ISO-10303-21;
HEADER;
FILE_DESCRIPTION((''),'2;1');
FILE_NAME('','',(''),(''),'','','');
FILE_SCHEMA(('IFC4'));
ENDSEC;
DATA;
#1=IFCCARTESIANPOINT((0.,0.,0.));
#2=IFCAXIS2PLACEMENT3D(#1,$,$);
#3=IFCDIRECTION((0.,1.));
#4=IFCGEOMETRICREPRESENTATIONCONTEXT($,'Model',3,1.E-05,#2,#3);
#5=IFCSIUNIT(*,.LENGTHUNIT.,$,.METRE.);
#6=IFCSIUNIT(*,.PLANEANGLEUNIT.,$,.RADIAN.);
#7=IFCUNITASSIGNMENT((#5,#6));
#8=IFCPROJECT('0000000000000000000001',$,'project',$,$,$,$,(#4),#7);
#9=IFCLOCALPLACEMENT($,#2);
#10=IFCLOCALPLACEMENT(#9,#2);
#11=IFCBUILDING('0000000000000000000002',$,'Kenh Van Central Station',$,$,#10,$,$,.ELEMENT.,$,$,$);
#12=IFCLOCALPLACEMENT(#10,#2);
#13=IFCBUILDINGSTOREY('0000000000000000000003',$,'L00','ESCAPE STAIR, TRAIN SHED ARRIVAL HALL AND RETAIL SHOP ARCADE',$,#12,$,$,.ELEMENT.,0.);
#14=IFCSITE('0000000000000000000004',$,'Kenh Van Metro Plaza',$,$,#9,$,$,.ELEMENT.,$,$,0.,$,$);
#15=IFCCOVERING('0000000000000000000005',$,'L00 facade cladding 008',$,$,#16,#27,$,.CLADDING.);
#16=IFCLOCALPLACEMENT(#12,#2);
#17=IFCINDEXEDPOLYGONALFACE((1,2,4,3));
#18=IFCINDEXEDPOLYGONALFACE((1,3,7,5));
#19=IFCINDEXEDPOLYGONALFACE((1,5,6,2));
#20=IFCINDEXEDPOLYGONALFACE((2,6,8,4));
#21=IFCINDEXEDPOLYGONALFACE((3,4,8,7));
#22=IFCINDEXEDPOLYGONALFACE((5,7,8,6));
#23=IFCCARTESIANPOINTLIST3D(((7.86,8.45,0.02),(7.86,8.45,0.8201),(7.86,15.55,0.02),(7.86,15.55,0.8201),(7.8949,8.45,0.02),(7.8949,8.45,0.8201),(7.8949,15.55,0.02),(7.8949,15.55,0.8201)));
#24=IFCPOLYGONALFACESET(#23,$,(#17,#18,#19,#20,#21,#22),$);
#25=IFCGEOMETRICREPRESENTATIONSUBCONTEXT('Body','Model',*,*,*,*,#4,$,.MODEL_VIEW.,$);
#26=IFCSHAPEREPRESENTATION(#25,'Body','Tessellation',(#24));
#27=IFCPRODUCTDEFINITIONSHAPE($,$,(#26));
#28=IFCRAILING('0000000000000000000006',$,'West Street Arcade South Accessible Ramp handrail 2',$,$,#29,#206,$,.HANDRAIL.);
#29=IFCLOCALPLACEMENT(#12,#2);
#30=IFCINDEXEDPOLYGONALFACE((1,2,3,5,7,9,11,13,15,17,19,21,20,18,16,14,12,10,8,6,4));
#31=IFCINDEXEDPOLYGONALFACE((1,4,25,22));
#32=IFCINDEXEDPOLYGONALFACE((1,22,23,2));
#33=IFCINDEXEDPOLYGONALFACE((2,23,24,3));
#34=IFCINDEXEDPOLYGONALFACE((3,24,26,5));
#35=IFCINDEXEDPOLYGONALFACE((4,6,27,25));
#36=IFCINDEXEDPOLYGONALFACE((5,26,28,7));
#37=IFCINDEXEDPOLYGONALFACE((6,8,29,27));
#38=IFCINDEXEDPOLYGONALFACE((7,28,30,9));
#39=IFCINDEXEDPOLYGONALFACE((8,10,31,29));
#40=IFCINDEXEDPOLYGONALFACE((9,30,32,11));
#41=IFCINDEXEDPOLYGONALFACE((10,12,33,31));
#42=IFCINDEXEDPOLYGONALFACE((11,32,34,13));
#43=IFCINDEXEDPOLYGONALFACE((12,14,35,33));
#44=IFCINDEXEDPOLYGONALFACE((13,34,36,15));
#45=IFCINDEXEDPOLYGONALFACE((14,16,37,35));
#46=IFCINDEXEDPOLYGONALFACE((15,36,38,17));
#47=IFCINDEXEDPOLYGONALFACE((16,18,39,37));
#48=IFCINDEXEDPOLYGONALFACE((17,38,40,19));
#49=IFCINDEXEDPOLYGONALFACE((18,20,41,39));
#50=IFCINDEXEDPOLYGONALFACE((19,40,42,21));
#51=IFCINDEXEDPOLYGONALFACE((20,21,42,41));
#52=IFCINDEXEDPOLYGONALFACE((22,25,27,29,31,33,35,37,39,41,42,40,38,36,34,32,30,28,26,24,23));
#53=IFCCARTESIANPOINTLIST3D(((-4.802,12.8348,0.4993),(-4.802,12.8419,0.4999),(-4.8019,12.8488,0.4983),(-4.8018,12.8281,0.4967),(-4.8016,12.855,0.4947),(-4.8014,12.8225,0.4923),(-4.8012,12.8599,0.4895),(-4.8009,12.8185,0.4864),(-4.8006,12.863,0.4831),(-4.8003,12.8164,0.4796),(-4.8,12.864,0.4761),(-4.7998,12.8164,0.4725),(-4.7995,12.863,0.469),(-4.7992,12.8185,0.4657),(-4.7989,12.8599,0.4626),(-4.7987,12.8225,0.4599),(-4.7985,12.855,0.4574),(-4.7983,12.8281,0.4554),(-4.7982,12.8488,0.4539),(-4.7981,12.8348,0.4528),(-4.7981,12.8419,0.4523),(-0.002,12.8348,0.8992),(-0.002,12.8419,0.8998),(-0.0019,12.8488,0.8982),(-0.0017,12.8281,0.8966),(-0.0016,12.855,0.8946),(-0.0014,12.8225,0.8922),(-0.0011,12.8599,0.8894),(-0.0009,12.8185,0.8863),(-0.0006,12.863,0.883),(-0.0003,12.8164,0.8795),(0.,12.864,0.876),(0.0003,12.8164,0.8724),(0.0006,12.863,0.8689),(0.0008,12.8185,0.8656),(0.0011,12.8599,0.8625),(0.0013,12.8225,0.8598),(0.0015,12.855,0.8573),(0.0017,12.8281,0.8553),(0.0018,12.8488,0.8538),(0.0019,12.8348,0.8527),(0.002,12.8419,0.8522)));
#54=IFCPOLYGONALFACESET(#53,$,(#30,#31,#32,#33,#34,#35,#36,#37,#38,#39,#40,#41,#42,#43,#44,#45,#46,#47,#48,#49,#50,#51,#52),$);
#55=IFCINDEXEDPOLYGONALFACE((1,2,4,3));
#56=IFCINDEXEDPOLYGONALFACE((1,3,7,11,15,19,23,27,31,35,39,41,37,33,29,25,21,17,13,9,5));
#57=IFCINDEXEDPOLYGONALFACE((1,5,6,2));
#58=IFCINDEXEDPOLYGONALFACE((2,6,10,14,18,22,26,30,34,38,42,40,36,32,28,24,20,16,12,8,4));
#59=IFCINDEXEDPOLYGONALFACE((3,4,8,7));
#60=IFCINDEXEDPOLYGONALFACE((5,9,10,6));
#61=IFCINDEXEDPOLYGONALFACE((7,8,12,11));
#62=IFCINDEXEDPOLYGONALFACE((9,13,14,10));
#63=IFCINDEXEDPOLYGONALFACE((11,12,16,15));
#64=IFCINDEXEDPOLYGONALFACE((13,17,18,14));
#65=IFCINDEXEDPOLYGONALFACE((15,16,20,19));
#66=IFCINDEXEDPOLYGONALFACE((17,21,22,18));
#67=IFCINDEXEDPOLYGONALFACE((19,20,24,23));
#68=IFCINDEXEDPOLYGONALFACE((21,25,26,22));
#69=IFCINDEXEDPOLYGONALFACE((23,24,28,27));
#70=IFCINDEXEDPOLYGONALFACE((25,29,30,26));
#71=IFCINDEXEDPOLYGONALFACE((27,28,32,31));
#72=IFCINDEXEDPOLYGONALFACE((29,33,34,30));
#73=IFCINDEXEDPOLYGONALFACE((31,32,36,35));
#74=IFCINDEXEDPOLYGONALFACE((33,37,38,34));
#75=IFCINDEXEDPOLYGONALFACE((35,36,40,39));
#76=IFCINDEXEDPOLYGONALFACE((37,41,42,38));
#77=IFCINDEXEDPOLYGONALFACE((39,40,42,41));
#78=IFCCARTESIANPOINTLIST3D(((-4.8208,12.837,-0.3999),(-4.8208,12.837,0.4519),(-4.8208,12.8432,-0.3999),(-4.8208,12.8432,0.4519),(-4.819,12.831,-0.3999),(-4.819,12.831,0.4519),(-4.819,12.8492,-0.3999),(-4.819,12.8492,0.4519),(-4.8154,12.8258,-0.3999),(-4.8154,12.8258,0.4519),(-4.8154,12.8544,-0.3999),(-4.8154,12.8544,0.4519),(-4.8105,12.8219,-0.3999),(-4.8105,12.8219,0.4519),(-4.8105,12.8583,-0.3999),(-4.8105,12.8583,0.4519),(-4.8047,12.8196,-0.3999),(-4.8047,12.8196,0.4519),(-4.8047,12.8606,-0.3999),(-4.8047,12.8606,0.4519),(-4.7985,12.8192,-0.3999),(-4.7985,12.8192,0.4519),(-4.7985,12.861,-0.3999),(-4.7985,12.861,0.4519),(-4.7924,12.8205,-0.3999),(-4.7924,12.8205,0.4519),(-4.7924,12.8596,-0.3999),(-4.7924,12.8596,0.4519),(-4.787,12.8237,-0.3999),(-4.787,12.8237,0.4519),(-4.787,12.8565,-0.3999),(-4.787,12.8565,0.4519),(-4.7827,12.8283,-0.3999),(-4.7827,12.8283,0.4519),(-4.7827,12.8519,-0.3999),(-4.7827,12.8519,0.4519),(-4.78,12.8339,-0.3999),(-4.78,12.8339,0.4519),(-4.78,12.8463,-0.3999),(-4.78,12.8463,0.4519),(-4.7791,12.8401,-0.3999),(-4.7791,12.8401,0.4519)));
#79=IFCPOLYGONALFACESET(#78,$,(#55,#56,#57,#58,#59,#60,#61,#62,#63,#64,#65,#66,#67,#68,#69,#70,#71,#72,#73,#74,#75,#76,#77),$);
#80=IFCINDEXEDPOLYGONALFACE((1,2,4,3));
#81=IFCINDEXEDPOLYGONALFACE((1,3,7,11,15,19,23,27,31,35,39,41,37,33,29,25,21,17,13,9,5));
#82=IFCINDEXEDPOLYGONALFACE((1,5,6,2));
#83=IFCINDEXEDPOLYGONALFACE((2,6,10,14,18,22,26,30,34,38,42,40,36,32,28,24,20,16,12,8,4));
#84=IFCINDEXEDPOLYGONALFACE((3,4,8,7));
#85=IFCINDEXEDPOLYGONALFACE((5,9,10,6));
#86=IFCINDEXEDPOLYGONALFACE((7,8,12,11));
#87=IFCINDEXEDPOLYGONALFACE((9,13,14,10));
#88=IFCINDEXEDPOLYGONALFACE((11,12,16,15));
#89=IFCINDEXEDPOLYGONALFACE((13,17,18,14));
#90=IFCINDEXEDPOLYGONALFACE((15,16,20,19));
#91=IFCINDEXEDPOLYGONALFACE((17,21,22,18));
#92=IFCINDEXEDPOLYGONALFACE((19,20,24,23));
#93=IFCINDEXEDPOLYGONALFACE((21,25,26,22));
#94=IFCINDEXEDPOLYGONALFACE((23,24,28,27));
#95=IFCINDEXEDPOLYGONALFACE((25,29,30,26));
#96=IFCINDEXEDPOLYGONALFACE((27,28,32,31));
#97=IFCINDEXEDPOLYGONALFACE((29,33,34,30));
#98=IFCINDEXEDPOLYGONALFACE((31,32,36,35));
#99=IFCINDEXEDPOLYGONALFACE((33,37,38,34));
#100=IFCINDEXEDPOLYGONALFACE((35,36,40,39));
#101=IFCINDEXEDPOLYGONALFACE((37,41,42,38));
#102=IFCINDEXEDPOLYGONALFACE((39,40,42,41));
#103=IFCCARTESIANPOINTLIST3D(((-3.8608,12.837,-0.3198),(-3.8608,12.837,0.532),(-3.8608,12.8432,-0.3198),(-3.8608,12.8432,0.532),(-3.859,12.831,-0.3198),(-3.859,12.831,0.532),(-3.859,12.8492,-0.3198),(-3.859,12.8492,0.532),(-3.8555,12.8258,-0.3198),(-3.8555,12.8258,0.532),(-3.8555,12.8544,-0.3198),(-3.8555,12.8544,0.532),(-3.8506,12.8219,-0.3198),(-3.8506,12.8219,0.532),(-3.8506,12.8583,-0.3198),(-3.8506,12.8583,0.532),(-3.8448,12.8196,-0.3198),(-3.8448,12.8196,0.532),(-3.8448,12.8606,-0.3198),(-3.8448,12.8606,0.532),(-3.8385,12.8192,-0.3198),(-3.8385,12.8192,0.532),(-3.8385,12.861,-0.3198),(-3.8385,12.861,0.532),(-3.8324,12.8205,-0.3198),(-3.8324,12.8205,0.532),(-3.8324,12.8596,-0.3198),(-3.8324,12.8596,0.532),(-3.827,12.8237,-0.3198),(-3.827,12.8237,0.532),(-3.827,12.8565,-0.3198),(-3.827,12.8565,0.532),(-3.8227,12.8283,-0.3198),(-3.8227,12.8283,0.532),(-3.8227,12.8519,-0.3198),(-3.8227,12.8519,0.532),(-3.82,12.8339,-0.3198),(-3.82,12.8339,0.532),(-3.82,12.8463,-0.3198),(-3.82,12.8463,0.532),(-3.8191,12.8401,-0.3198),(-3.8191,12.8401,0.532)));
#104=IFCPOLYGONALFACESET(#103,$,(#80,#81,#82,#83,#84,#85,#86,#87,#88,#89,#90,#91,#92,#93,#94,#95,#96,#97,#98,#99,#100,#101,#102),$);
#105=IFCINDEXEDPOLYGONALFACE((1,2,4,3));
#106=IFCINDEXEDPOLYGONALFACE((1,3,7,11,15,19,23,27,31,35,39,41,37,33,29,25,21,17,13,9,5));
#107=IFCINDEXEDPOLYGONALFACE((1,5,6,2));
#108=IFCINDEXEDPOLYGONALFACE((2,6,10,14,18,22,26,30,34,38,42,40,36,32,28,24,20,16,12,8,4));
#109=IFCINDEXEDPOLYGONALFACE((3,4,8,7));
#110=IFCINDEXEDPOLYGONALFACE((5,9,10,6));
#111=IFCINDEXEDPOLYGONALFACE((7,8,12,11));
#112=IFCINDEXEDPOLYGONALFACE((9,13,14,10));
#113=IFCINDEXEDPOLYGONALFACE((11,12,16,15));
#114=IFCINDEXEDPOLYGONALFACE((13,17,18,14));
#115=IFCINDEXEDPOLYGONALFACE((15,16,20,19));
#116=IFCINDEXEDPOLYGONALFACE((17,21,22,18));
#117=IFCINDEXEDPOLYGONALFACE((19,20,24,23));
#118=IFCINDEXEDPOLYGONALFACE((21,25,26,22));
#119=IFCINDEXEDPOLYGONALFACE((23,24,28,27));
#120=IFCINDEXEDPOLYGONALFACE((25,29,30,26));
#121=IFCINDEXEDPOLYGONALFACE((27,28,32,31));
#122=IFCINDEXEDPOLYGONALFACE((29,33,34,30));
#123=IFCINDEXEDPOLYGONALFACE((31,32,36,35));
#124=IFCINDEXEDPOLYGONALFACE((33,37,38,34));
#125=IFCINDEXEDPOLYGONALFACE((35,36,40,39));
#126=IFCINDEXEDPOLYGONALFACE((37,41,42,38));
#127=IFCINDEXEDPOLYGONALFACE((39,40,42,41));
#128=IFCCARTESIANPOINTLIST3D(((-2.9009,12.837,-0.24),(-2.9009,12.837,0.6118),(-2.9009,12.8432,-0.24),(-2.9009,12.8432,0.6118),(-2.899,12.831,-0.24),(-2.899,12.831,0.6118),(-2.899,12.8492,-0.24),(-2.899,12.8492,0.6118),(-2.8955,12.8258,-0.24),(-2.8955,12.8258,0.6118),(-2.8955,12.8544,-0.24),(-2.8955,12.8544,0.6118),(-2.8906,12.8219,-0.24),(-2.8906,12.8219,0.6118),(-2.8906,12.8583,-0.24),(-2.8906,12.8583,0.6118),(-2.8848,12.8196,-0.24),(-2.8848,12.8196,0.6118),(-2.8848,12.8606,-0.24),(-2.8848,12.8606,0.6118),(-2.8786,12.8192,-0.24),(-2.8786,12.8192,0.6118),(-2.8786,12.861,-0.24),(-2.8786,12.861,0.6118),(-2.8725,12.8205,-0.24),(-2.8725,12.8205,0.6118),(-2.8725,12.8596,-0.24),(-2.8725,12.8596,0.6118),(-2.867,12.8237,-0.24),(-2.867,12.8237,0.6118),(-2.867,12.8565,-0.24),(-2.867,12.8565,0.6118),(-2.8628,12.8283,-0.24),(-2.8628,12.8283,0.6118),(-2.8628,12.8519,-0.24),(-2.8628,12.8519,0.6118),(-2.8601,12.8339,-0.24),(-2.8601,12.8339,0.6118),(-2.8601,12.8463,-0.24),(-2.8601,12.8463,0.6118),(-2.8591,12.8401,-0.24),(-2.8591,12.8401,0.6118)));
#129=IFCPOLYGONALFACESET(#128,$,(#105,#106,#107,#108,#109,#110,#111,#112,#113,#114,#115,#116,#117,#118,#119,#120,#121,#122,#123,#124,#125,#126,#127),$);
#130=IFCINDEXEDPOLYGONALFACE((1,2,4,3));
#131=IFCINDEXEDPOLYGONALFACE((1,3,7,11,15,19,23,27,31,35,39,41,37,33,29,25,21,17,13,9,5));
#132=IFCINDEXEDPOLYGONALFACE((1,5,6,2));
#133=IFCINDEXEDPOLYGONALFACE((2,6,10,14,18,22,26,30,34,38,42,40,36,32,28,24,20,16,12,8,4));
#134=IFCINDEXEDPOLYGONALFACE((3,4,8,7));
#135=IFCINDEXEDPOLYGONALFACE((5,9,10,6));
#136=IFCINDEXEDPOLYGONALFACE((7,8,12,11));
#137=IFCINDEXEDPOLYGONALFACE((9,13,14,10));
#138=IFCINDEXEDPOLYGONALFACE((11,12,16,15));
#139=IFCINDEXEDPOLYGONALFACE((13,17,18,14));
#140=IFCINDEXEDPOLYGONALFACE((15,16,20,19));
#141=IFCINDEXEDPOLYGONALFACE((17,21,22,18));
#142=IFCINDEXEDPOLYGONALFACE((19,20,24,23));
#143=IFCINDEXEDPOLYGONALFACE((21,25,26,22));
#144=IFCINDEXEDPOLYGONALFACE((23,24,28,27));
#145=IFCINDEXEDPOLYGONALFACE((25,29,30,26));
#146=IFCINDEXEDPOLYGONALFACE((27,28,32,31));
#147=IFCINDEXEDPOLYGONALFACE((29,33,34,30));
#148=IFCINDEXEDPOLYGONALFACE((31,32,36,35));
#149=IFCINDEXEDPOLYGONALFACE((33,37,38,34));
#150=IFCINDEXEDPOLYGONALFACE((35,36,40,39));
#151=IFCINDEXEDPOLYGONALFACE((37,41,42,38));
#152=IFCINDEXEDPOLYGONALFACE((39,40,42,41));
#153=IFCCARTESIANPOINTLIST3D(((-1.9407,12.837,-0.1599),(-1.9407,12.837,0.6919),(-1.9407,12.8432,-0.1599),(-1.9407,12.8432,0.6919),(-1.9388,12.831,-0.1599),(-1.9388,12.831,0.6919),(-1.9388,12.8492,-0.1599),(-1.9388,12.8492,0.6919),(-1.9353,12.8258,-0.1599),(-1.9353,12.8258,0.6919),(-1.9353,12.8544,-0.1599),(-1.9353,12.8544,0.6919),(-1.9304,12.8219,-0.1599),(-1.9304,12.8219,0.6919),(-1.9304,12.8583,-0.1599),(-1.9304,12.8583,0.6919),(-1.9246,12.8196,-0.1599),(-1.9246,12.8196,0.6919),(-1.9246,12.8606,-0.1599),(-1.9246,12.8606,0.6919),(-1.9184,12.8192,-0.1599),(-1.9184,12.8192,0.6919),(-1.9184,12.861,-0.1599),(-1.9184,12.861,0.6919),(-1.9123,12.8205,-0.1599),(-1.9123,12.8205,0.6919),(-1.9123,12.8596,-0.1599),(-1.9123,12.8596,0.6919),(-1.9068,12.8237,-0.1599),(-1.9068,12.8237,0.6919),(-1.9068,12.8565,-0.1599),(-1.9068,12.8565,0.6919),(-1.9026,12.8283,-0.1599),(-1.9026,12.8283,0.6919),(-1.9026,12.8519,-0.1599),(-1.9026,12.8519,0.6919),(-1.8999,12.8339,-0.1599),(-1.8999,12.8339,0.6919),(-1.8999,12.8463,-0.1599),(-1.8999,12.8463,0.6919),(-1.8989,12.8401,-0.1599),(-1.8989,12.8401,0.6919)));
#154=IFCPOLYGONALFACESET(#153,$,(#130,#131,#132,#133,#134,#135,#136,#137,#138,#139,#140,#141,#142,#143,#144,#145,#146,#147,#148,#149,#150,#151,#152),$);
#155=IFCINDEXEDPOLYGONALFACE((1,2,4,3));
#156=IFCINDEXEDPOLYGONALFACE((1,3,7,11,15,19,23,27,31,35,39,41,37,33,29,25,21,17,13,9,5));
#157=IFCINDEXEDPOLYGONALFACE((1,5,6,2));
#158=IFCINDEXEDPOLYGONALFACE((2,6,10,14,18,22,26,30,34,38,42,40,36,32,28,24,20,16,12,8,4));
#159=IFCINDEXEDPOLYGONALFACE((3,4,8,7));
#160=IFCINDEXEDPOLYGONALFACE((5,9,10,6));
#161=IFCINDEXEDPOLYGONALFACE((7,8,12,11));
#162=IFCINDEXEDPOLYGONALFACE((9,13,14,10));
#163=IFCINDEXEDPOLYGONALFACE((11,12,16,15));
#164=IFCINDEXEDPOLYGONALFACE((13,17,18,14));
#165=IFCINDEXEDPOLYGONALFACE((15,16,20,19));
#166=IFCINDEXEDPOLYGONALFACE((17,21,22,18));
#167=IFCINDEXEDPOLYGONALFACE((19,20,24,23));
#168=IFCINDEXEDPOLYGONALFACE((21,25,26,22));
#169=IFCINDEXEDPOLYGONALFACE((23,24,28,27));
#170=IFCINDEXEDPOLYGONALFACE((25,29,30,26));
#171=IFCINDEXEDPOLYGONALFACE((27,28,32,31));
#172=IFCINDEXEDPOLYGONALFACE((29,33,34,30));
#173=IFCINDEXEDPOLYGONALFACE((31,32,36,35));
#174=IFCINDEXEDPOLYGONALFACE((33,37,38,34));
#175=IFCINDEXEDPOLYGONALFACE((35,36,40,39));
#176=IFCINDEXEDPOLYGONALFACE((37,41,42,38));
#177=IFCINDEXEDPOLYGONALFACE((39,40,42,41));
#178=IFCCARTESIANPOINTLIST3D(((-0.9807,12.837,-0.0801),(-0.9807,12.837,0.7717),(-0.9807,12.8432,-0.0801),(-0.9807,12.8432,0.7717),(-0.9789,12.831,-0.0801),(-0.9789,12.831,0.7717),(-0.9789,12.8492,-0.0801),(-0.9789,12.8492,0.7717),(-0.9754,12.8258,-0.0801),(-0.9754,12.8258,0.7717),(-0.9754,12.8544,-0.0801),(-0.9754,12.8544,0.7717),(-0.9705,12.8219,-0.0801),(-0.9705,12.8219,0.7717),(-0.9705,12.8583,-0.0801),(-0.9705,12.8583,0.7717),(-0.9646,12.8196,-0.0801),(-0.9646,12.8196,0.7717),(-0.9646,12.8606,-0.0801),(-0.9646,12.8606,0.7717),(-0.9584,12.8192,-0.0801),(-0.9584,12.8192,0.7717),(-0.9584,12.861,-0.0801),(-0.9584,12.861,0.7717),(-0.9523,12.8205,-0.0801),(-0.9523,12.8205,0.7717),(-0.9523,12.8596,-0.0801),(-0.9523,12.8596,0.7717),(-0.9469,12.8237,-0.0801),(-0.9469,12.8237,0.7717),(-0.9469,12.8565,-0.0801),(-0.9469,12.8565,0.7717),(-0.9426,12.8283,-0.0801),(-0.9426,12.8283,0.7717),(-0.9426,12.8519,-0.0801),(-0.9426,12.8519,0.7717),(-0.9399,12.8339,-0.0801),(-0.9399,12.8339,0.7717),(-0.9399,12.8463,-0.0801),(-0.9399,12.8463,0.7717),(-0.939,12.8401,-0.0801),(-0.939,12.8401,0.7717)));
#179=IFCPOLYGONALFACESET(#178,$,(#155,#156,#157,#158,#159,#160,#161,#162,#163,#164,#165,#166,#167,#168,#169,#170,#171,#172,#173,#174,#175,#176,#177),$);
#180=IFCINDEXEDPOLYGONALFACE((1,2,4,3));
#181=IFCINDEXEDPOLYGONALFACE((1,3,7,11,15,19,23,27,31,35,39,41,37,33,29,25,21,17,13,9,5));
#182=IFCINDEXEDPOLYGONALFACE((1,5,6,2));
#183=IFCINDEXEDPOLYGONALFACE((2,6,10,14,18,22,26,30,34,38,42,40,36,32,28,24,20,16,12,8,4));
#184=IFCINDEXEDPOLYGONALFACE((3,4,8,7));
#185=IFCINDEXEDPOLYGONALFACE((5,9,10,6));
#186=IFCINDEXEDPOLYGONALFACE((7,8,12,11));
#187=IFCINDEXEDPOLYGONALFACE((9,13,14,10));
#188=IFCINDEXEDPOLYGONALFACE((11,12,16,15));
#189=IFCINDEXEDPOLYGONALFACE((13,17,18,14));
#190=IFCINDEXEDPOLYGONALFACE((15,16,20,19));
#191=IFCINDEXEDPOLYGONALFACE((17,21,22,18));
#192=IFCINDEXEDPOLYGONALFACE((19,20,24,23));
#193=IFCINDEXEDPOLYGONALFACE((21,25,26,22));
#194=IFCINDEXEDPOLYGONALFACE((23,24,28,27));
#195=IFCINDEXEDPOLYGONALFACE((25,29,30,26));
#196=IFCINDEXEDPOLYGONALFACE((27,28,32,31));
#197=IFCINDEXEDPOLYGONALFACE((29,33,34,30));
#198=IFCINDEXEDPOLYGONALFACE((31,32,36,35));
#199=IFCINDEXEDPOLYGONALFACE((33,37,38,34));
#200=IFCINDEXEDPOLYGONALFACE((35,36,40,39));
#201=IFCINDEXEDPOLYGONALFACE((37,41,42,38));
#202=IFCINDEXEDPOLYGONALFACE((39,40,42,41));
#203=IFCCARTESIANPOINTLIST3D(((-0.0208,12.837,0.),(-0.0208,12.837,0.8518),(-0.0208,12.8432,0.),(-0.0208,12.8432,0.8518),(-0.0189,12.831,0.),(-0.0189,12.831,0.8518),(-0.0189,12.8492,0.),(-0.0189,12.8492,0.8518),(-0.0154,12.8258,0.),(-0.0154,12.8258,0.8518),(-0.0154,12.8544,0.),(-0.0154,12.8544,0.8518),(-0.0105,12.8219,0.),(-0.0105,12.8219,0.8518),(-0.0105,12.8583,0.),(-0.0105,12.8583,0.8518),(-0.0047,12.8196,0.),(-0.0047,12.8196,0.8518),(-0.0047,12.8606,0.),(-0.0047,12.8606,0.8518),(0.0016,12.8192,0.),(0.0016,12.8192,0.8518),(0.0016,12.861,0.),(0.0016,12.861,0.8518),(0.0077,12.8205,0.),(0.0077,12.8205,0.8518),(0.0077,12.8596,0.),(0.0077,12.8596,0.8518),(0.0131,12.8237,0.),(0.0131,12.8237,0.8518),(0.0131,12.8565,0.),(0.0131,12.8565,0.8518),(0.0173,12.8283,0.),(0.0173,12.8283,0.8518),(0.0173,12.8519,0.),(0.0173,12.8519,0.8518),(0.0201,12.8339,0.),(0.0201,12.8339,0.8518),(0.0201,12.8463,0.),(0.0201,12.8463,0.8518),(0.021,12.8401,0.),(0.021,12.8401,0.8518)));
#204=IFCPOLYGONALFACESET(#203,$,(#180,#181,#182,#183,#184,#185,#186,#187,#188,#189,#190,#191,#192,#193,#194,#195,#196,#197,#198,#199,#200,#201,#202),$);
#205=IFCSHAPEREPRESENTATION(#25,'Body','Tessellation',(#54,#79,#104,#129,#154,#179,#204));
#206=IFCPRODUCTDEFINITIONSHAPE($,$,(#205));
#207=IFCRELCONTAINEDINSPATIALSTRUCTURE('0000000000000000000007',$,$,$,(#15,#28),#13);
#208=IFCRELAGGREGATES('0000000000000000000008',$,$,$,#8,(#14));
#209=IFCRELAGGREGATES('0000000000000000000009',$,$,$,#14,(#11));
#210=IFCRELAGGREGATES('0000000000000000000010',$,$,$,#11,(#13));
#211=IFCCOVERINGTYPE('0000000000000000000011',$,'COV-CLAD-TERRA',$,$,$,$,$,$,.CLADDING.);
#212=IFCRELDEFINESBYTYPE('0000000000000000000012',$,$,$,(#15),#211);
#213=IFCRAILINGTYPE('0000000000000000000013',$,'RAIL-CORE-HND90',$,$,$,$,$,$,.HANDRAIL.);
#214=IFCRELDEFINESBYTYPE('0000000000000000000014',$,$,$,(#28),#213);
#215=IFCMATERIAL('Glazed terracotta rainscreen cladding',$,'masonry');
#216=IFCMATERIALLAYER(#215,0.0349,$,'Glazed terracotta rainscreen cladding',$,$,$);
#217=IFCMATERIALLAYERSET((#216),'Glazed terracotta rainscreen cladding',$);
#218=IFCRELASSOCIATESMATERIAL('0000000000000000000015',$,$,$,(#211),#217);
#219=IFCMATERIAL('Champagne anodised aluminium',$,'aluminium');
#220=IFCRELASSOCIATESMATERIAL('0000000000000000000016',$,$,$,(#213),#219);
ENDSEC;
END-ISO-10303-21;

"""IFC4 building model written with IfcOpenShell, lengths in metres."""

from ifc_helpers import new_model, si_unit, direction, frame, origin, origin_2d, place, context, subcontext, project, spatial, rectangle, circle, extrude, material, layer, layer_set, type_object, element, save


model = new_model("IFC4")

# Units and contexts
model_context = context("Model", 3, precision=1e-05, world=origin(), true_north=direction((0.0, 1.0)))
body_context = subcontext(model_context, "Body", "Model", "MODEL_VIEW")
ifc_project = project(units=[si_unit("LENGTHUNIT", "METRE"), si_unit("PLANEANGLEUNIT", "RADIAN")], contexts=[model_context])

# Site, building, storey
site_placement = place(None, origin())
site = spatial("IfcSite", under=ifc_project, at=site_placement, Name="Kenh Van Metro Plaza", CompositionType="ELEMENT", RefElevation=0.0)
building_placement = place(site_placement, origin())
building = spatial("IfcBuilding", under=site, at=building_placement, Name="Kenh Van Central Station", CompositionType="ELEMENT")
storey_placement = place(building_placement, origin())
storey = spatial("IfcBuildingStorey", under=building, at=storey_placement, Name="L00", Description="ESCAPE STAIR, TRAIN SHED ARRIVAL HALL AND RETAIL SHOP ARCADE", CompositionType="ELEMENT", Elevation=0.0)

# Shared definitions
ifc_material_1 = material(Name="Champagne anodised aluminium", Category="aluminium")

# Covering
ifc_material_2 = material(Name="Glazed terracotta rainscreen cladding", Category="masonry")
ifc_layer_1 = layer(ifc_material_2, 0.0349, Name="Glazed terracotta rainscreen cladding")
ifc_layer_set_1 = layer_set([ifc_layer_1], Name="Glazed terracotta rainscreen cladding")
covering_type_1 = type_object("IfcCoveringType", Name="COV-CLAD-TERRA", PredefinedType="CLADDING", material=ifc_layer_set_1)
covering_1_placement = place(storey_placement, frame((7.8774, 12.0, 0.02), z_axis=(0.0, 0.0, 1.0), x_axis=(0.0, -1.0, 0.0)))
element("IfcCovering", 1, at=covering_1_placement, inside=storey, type_object=covering_type_1, Name="L00 facade cladding 008", PredefinedType="CLADDING", context=body_context, shape_type="SweptSolid", body=[
    extrude(rectangle(XDim=7.1001, YDim=0.0349, at=origin_2d()), origin(), (0.0, 0.0, 1.0), 0.8),
])

# Railing
railing_type = type_object("IfcRailingType", Name="RAIL-CORE-HND90", PredefinedType="HANDRAIL", material=ifc_material_1)
railing_placement = place(storey_placement, frame((-4.8, 12.8401, -0.3999)))
element("IfcRailing", 2, at=railing_placement, inside=storey, type_object=railing_type, Name="West Street Arcade South Accessible Ramp handrail 2", PredefinedType="HANDRAIL", context=body_context, shape_type="SweptSolid", body=[
    extrude(circle(Radius=0.0239, at=origin_2d()), frame((0.0, 0.0, 0.876), z_axis=(0.996548, 0.0, 0.083025), x_axis=(0.0, 1.0, 0.0)), (0.0, 0.0, 1.0), 4.8167),
    extrude(circle(Radius=0.021, at=origin_2d()), origin(), (0.0, 0.0, 1.0), 0.8518),
    extrude(circle(Radius=0.021, at=origin_2d()), frame((0.96, 0.0, 0.0801)), (0.0, 0.0, 1.0), 0.8518),
    extrude(circle(Radius=0.021, at=origin_2d()), frame((1.9199, 0.0, 0.1599)), (0.0, 0.0, 1.0), 0.8518),
    extrude(circle(Radius=0.021, at=origin_2d()), frame((2.8801, 0.0, 0.24)), (0.0, 0.0, 1.0), 0.8518),
    extrude(circle(Radius=0.021, at=origin_2d()), frame((3.8401, 0.0, 0.3198)), (0.0, 0.0, 1.0), 0.8518),
    extrude(circle(Radius=0.021, at=origin_2d()), frame((4.8, 0.0, 0.3999)), (0.0, 0.0, 1.0), 0.8518),
])

save(model, "model.ifc")
